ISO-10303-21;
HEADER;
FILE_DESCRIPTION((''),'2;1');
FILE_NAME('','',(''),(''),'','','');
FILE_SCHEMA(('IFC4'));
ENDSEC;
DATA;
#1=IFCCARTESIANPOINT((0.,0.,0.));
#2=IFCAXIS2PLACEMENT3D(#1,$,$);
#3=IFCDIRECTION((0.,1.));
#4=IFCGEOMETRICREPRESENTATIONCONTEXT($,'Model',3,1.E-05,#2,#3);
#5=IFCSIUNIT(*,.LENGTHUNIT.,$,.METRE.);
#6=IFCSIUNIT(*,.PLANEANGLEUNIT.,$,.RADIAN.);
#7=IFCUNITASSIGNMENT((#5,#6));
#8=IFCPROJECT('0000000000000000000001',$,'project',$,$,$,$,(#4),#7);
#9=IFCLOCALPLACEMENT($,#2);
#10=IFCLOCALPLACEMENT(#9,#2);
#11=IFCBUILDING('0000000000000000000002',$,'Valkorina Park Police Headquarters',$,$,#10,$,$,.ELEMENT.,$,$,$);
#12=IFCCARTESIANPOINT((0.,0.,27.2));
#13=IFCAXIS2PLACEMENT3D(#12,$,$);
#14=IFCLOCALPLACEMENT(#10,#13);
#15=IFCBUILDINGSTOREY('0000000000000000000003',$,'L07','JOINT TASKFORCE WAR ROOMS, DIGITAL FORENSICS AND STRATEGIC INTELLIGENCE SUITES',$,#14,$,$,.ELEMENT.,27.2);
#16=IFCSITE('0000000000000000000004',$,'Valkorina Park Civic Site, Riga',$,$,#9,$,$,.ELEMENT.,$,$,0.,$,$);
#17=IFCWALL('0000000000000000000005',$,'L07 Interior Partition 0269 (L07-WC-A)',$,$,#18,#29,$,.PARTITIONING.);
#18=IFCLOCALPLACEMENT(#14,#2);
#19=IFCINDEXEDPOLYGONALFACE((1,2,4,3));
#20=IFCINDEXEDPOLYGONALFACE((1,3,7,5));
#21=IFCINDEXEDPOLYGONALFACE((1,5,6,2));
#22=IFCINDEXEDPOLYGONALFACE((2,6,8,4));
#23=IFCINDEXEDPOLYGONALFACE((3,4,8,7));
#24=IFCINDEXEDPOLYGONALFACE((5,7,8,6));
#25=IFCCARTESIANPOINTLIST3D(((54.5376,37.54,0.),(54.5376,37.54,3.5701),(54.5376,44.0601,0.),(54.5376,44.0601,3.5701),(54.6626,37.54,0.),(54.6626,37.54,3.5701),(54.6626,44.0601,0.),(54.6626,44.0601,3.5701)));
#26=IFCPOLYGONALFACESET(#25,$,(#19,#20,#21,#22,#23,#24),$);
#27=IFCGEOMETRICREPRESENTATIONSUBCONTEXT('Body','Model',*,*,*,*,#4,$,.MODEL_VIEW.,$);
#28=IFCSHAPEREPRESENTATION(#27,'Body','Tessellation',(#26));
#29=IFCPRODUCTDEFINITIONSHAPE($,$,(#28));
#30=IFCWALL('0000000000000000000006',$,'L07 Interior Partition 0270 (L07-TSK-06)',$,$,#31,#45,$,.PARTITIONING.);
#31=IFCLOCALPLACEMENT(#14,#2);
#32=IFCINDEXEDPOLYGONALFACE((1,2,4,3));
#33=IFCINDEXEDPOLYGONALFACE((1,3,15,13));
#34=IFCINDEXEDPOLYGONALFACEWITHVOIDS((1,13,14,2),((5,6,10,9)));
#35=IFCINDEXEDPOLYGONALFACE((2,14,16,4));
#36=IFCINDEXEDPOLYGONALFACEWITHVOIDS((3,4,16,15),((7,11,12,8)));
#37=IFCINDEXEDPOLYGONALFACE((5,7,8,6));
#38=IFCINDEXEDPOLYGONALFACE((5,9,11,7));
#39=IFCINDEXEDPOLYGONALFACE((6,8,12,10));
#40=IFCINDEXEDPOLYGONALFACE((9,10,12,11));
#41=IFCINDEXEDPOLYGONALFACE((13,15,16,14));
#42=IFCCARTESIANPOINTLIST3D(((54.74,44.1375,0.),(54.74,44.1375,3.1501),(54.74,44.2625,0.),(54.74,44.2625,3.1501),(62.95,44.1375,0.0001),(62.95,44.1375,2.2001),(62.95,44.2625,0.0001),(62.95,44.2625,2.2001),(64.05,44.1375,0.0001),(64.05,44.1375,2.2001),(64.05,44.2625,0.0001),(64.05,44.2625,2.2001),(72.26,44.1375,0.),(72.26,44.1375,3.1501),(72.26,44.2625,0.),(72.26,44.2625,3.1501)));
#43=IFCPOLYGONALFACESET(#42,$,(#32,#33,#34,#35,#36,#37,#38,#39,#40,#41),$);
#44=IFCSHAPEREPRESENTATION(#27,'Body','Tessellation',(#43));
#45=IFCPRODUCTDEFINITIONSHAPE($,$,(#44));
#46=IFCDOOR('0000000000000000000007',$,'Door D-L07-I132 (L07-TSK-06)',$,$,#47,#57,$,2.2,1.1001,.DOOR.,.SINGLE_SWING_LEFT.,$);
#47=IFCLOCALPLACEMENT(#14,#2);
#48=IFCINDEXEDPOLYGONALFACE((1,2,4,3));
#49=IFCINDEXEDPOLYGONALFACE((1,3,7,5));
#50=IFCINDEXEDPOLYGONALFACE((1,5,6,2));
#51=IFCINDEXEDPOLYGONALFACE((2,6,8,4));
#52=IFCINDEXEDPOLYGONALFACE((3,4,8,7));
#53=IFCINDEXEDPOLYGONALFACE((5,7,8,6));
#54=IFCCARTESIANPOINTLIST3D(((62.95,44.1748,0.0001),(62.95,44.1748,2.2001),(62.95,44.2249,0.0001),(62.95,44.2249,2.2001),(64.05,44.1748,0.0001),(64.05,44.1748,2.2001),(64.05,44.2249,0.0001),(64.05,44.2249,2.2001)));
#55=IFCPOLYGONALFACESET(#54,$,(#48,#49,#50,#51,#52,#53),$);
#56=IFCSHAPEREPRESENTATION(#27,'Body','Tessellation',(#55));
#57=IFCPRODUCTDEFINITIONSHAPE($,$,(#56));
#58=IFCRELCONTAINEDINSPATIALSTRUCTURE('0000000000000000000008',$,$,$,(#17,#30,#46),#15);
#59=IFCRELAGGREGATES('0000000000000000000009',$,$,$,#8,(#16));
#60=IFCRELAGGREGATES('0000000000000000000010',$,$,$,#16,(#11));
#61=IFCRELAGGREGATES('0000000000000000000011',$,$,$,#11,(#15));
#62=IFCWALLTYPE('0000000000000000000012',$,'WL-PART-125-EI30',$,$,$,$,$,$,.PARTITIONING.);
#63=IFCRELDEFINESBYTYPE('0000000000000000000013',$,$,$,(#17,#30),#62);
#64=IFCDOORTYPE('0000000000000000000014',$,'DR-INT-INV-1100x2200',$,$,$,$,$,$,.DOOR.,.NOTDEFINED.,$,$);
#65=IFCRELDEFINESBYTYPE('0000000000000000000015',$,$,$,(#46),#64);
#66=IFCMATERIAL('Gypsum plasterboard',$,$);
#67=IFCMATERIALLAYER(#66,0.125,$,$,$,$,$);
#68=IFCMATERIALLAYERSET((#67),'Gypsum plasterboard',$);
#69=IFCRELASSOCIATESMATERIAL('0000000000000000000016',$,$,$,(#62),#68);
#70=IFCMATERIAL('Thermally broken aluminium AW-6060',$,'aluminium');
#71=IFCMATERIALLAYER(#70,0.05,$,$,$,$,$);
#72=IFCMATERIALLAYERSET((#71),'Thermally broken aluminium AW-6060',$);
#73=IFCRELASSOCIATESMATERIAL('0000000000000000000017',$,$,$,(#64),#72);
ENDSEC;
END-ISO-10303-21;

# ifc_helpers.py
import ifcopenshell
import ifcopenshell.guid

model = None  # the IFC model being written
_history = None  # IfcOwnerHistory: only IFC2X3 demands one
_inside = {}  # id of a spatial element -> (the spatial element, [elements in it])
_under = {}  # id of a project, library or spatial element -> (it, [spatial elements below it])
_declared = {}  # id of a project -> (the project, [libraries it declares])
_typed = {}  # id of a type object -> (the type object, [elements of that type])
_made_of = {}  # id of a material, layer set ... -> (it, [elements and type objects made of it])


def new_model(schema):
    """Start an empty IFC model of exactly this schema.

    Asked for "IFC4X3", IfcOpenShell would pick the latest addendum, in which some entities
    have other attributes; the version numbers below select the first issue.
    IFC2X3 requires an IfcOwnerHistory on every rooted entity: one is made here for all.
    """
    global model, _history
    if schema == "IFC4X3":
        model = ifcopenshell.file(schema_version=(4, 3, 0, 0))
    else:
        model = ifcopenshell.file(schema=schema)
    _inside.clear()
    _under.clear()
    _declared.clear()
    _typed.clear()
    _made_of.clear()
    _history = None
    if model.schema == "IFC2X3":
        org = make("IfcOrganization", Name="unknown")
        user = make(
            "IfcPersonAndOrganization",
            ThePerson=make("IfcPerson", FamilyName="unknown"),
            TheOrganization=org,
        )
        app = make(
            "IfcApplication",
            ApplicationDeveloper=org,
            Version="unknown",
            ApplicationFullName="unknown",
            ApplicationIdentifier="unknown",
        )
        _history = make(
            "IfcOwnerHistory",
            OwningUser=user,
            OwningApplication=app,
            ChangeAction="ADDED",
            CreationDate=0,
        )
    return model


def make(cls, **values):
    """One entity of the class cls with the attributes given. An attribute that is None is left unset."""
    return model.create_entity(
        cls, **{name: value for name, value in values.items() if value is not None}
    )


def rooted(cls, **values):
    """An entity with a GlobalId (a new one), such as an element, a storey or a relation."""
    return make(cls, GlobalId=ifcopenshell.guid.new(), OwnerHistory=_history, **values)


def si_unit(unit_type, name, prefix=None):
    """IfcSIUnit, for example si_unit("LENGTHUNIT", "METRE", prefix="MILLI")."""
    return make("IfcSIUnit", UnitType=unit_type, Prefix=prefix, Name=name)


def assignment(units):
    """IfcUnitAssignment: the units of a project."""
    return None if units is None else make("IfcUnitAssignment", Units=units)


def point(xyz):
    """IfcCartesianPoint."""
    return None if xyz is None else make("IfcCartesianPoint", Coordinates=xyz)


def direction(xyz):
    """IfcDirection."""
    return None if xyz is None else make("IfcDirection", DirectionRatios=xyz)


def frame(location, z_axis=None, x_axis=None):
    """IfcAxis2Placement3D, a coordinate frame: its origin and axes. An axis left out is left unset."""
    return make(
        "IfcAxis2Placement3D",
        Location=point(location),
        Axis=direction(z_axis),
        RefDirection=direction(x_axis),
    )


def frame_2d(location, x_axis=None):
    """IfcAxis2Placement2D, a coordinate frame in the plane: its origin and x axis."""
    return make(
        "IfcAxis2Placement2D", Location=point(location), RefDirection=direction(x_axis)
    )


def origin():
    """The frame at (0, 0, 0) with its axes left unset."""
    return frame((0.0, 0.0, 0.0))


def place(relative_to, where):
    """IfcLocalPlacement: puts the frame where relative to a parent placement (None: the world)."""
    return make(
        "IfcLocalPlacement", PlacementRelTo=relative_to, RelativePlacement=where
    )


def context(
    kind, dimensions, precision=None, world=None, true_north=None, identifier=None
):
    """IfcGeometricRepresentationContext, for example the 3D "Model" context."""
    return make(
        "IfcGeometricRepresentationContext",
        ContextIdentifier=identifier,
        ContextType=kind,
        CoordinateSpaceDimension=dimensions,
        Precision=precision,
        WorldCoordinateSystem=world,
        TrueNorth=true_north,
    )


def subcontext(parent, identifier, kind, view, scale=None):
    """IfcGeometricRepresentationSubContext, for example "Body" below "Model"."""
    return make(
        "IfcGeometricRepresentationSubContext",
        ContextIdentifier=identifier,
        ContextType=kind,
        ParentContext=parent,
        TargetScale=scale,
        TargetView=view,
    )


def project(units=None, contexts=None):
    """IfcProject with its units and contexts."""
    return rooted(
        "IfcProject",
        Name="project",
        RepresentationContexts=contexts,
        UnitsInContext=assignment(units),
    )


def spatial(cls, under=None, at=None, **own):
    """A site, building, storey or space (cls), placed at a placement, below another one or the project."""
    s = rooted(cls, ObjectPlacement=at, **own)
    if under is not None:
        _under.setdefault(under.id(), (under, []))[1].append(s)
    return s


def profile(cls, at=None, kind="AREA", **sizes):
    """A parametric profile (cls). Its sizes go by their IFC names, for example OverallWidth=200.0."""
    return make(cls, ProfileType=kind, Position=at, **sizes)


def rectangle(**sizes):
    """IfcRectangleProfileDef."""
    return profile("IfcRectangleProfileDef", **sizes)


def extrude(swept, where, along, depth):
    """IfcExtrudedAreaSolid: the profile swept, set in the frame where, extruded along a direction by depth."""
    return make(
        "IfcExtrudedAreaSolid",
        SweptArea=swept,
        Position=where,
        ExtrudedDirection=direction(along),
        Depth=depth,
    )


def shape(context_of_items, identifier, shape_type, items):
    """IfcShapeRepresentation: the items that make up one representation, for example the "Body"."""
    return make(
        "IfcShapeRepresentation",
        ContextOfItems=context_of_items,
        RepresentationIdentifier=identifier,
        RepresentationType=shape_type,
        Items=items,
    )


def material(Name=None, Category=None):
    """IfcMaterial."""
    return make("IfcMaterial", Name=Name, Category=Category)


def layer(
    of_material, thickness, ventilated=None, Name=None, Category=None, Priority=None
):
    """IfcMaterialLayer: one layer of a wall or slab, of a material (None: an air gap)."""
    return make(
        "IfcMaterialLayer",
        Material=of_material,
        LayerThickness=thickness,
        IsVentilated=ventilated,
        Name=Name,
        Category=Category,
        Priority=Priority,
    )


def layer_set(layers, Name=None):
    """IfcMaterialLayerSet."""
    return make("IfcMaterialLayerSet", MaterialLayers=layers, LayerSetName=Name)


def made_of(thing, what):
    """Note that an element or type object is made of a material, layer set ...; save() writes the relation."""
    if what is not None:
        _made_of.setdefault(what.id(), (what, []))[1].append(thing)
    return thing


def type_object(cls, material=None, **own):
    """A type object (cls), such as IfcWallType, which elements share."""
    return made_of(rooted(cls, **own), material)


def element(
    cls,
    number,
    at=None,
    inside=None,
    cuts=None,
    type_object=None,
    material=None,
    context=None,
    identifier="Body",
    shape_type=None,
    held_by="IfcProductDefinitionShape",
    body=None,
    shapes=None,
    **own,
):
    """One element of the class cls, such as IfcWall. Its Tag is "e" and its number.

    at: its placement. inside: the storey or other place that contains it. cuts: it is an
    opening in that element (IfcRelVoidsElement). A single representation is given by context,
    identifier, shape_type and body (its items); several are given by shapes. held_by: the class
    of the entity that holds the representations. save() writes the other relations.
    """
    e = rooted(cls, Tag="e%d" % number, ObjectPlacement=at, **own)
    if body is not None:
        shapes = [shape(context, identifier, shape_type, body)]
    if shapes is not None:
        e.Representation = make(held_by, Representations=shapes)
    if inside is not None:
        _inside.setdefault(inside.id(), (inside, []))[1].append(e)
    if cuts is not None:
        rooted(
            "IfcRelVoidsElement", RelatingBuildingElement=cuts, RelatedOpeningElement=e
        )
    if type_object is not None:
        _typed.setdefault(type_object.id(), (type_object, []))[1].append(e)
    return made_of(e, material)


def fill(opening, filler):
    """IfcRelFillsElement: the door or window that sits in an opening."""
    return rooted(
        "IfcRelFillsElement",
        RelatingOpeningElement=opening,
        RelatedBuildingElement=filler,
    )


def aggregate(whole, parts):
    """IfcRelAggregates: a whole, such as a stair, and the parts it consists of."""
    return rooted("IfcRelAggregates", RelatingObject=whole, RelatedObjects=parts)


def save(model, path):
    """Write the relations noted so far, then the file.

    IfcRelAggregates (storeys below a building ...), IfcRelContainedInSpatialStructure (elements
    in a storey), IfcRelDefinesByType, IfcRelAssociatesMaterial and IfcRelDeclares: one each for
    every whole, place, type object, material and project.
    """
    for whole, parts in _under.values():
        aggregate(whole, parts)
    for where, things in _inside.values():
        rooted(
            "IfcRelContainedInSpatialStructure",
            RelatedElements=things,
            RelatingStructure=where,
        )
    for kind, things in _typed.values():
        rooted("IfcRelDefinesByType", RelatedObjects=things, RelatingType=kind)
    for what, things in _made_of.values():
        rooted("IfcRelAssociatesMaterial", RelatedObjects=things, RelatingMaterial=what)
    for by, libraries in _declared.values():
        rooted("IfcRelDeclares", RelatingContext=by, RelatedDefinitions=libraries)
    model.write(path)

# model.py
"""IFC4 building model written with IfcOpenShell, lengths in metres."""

from ifc_helpers import new_model, si_unit, direction, frame, frame_2d, origin, place, context, subcontext, project, spatial, rectangle, extrude, material, layer, layer_set, type_object, element, fill, save


model = new_model("IFC4")

# Units and contexts
model_context = context("Model", 3, precision=1e-05, world=origin(), true_north=direction((0.0, 1.0)))
body_context = subcontext(model_context, "Body", "Model", "MODEL_VIEW")
ifc_project = project(units=[si_unit("LENGTHUNIT", "METRE"), si_unit("PLANEANGLEUNIT", "RADIAN")], contexts=[model_context])

# Site, building, storey
site_placement = place(None, origin())
site = spatial("IfcSite", under=ifc_project, at=site_placement, Name="Valkorina Park Civic Site, Riga", CompositionType="ELEMENT", RefElevation=0.0)
building_placement = place(site_placement, origin())
building = spatial("IfcBuilding", under=site, at=building_placement, Name="Valkorina Park Police Headquarters", CompositionType="ELEMENT")
storey_placement = place(building_placement, frame((0.0, 0.0, 27.2)))
storey = spatial("IfcBuildingStorey", under=building, at=storey_placement, Name="L07", Description="JOINT TASKFORCE WAR ROOMS, DIGITAL FORENSICS AND STRATEGIC INTELLIGENCE SUITES", CompositionType="ELEMENT", Elevation=27.2)

# Shared definitions
ifc_material_1 = material(Name="Thermally broken aluminium AW-6060", Category="aluminium")

# Wall
ifc_material_2 = material(Name="Gypsum plasterboard")
ifc_layer_1 = layer(ifc_material_2, 0.125)
ifc_layer_set_1 = layer_set([ifc_layer_1], Name="Gypsum plasterboard")
wall_type = type_object("IfcWallType", Name="WL-PART-125-EI30", PredefinedType="PARTITIONING", material=ifc_layer_set_1)
wall_1_placement = place(storey_placement, frame((54.6001, 37.54, 0.0), z_axis=(0.0, 0.0, 1.0), x_axis=(0.0, 1.0, 0.0)))
element("IfcWall", 1, at=wall_1_placement, inside=storey, type_object=wall_type, Name="L07 Interior Partition 0269 (L07-WC-A)", PredefinedType="PARTITIONING", context=body_context, shape_type="SweptSolid", body=[
    extrude(rectangle(XDim=6.52, YDim=0.125, at=frame_2d((3.26, 0.0))), origin(), (0.0, 0.0, 1.0), 3.5701),
])

# Wall, opening, door
wall_2_placement = place(storey_placement, frame((54.74, 44.2, 0.0), z_axis=(0.0, 0.0, 1.0), x_axis=(1.0, 0.0, 0.0)))
wall_2 = element("IfcWall", 2, at=wall_2_placement, inside=storey, type_object=wall_type, Name="L07 Interior Partition 0270 (L07-TSK-06)", PredefinedType="PARTITIONING", context=body_context, shape_type="SweptSolid", body=[
    extrude(rectangle(XDim=17.52, YDim=0.125, at=frame_2d((8.76, 0.0))), origin(), (0.0, 0.0, 1.0), 3.1501),
])
opening_placement = place(wall_2_placement, frame((8.21, 0.0, 0.0)))
opening = element("IfcOpeningElement", 3, at=opening_placement, cuts=wall_2, PredefinedType="OPENING", context=body_context, shape_type="SweptSolid", body=[
    extrude(rectangle(XDim=1.1001, YDim=2.2, at=frame_2d((0.55, 1.1001))), frame((0.0, 0.0725, 0.0), z_axis=(0.0, -1.0, 0.0), x_axis=(1.0, 0.0, 0.0)), (0.0, 0.0, 1.0), 0.145),
])
ifc_layer_2 = layer(ifc_material_1, 0.05)
ifc_layer_set_2 = layer_set([ifc_layer_2], Name="Thermally broken aluminium AW-6060")
door_type = type_object("IfcDoorType", Name="DR-INT-INV-1100x2200", OperationType="NOTDEFINED", PredefinedType="DOOR", material=ifc_layer_set_2)
door_placement = place(opening_placement, origin())
door = element("IfcDoor", 4, at=door_placement, inside=storey, type_object=door_type, Name="Door D-L07-I132 (L07-TSK-06)", OperationType="SINGLE_SWING_LEFT", OverallHeight=2.2, OverallWidth=1.1001, PredefinedType="DOOR", context=body_context, shape_type="SweptSolid", body=[
    extrude(rectangle(XDim=1.1001, YDim=2.2, at=frame_2d((0.55, 1.1001))), frame((0.0, 0.0249, 0.0), z_axis=(0.0, -1.0, 0.0), x_axis=(1.0, 0.0, 0.0)), (0.0, 0.0, 1.0), 0.05),
])
fill(opening, door)

save(model, "model.ifc")
